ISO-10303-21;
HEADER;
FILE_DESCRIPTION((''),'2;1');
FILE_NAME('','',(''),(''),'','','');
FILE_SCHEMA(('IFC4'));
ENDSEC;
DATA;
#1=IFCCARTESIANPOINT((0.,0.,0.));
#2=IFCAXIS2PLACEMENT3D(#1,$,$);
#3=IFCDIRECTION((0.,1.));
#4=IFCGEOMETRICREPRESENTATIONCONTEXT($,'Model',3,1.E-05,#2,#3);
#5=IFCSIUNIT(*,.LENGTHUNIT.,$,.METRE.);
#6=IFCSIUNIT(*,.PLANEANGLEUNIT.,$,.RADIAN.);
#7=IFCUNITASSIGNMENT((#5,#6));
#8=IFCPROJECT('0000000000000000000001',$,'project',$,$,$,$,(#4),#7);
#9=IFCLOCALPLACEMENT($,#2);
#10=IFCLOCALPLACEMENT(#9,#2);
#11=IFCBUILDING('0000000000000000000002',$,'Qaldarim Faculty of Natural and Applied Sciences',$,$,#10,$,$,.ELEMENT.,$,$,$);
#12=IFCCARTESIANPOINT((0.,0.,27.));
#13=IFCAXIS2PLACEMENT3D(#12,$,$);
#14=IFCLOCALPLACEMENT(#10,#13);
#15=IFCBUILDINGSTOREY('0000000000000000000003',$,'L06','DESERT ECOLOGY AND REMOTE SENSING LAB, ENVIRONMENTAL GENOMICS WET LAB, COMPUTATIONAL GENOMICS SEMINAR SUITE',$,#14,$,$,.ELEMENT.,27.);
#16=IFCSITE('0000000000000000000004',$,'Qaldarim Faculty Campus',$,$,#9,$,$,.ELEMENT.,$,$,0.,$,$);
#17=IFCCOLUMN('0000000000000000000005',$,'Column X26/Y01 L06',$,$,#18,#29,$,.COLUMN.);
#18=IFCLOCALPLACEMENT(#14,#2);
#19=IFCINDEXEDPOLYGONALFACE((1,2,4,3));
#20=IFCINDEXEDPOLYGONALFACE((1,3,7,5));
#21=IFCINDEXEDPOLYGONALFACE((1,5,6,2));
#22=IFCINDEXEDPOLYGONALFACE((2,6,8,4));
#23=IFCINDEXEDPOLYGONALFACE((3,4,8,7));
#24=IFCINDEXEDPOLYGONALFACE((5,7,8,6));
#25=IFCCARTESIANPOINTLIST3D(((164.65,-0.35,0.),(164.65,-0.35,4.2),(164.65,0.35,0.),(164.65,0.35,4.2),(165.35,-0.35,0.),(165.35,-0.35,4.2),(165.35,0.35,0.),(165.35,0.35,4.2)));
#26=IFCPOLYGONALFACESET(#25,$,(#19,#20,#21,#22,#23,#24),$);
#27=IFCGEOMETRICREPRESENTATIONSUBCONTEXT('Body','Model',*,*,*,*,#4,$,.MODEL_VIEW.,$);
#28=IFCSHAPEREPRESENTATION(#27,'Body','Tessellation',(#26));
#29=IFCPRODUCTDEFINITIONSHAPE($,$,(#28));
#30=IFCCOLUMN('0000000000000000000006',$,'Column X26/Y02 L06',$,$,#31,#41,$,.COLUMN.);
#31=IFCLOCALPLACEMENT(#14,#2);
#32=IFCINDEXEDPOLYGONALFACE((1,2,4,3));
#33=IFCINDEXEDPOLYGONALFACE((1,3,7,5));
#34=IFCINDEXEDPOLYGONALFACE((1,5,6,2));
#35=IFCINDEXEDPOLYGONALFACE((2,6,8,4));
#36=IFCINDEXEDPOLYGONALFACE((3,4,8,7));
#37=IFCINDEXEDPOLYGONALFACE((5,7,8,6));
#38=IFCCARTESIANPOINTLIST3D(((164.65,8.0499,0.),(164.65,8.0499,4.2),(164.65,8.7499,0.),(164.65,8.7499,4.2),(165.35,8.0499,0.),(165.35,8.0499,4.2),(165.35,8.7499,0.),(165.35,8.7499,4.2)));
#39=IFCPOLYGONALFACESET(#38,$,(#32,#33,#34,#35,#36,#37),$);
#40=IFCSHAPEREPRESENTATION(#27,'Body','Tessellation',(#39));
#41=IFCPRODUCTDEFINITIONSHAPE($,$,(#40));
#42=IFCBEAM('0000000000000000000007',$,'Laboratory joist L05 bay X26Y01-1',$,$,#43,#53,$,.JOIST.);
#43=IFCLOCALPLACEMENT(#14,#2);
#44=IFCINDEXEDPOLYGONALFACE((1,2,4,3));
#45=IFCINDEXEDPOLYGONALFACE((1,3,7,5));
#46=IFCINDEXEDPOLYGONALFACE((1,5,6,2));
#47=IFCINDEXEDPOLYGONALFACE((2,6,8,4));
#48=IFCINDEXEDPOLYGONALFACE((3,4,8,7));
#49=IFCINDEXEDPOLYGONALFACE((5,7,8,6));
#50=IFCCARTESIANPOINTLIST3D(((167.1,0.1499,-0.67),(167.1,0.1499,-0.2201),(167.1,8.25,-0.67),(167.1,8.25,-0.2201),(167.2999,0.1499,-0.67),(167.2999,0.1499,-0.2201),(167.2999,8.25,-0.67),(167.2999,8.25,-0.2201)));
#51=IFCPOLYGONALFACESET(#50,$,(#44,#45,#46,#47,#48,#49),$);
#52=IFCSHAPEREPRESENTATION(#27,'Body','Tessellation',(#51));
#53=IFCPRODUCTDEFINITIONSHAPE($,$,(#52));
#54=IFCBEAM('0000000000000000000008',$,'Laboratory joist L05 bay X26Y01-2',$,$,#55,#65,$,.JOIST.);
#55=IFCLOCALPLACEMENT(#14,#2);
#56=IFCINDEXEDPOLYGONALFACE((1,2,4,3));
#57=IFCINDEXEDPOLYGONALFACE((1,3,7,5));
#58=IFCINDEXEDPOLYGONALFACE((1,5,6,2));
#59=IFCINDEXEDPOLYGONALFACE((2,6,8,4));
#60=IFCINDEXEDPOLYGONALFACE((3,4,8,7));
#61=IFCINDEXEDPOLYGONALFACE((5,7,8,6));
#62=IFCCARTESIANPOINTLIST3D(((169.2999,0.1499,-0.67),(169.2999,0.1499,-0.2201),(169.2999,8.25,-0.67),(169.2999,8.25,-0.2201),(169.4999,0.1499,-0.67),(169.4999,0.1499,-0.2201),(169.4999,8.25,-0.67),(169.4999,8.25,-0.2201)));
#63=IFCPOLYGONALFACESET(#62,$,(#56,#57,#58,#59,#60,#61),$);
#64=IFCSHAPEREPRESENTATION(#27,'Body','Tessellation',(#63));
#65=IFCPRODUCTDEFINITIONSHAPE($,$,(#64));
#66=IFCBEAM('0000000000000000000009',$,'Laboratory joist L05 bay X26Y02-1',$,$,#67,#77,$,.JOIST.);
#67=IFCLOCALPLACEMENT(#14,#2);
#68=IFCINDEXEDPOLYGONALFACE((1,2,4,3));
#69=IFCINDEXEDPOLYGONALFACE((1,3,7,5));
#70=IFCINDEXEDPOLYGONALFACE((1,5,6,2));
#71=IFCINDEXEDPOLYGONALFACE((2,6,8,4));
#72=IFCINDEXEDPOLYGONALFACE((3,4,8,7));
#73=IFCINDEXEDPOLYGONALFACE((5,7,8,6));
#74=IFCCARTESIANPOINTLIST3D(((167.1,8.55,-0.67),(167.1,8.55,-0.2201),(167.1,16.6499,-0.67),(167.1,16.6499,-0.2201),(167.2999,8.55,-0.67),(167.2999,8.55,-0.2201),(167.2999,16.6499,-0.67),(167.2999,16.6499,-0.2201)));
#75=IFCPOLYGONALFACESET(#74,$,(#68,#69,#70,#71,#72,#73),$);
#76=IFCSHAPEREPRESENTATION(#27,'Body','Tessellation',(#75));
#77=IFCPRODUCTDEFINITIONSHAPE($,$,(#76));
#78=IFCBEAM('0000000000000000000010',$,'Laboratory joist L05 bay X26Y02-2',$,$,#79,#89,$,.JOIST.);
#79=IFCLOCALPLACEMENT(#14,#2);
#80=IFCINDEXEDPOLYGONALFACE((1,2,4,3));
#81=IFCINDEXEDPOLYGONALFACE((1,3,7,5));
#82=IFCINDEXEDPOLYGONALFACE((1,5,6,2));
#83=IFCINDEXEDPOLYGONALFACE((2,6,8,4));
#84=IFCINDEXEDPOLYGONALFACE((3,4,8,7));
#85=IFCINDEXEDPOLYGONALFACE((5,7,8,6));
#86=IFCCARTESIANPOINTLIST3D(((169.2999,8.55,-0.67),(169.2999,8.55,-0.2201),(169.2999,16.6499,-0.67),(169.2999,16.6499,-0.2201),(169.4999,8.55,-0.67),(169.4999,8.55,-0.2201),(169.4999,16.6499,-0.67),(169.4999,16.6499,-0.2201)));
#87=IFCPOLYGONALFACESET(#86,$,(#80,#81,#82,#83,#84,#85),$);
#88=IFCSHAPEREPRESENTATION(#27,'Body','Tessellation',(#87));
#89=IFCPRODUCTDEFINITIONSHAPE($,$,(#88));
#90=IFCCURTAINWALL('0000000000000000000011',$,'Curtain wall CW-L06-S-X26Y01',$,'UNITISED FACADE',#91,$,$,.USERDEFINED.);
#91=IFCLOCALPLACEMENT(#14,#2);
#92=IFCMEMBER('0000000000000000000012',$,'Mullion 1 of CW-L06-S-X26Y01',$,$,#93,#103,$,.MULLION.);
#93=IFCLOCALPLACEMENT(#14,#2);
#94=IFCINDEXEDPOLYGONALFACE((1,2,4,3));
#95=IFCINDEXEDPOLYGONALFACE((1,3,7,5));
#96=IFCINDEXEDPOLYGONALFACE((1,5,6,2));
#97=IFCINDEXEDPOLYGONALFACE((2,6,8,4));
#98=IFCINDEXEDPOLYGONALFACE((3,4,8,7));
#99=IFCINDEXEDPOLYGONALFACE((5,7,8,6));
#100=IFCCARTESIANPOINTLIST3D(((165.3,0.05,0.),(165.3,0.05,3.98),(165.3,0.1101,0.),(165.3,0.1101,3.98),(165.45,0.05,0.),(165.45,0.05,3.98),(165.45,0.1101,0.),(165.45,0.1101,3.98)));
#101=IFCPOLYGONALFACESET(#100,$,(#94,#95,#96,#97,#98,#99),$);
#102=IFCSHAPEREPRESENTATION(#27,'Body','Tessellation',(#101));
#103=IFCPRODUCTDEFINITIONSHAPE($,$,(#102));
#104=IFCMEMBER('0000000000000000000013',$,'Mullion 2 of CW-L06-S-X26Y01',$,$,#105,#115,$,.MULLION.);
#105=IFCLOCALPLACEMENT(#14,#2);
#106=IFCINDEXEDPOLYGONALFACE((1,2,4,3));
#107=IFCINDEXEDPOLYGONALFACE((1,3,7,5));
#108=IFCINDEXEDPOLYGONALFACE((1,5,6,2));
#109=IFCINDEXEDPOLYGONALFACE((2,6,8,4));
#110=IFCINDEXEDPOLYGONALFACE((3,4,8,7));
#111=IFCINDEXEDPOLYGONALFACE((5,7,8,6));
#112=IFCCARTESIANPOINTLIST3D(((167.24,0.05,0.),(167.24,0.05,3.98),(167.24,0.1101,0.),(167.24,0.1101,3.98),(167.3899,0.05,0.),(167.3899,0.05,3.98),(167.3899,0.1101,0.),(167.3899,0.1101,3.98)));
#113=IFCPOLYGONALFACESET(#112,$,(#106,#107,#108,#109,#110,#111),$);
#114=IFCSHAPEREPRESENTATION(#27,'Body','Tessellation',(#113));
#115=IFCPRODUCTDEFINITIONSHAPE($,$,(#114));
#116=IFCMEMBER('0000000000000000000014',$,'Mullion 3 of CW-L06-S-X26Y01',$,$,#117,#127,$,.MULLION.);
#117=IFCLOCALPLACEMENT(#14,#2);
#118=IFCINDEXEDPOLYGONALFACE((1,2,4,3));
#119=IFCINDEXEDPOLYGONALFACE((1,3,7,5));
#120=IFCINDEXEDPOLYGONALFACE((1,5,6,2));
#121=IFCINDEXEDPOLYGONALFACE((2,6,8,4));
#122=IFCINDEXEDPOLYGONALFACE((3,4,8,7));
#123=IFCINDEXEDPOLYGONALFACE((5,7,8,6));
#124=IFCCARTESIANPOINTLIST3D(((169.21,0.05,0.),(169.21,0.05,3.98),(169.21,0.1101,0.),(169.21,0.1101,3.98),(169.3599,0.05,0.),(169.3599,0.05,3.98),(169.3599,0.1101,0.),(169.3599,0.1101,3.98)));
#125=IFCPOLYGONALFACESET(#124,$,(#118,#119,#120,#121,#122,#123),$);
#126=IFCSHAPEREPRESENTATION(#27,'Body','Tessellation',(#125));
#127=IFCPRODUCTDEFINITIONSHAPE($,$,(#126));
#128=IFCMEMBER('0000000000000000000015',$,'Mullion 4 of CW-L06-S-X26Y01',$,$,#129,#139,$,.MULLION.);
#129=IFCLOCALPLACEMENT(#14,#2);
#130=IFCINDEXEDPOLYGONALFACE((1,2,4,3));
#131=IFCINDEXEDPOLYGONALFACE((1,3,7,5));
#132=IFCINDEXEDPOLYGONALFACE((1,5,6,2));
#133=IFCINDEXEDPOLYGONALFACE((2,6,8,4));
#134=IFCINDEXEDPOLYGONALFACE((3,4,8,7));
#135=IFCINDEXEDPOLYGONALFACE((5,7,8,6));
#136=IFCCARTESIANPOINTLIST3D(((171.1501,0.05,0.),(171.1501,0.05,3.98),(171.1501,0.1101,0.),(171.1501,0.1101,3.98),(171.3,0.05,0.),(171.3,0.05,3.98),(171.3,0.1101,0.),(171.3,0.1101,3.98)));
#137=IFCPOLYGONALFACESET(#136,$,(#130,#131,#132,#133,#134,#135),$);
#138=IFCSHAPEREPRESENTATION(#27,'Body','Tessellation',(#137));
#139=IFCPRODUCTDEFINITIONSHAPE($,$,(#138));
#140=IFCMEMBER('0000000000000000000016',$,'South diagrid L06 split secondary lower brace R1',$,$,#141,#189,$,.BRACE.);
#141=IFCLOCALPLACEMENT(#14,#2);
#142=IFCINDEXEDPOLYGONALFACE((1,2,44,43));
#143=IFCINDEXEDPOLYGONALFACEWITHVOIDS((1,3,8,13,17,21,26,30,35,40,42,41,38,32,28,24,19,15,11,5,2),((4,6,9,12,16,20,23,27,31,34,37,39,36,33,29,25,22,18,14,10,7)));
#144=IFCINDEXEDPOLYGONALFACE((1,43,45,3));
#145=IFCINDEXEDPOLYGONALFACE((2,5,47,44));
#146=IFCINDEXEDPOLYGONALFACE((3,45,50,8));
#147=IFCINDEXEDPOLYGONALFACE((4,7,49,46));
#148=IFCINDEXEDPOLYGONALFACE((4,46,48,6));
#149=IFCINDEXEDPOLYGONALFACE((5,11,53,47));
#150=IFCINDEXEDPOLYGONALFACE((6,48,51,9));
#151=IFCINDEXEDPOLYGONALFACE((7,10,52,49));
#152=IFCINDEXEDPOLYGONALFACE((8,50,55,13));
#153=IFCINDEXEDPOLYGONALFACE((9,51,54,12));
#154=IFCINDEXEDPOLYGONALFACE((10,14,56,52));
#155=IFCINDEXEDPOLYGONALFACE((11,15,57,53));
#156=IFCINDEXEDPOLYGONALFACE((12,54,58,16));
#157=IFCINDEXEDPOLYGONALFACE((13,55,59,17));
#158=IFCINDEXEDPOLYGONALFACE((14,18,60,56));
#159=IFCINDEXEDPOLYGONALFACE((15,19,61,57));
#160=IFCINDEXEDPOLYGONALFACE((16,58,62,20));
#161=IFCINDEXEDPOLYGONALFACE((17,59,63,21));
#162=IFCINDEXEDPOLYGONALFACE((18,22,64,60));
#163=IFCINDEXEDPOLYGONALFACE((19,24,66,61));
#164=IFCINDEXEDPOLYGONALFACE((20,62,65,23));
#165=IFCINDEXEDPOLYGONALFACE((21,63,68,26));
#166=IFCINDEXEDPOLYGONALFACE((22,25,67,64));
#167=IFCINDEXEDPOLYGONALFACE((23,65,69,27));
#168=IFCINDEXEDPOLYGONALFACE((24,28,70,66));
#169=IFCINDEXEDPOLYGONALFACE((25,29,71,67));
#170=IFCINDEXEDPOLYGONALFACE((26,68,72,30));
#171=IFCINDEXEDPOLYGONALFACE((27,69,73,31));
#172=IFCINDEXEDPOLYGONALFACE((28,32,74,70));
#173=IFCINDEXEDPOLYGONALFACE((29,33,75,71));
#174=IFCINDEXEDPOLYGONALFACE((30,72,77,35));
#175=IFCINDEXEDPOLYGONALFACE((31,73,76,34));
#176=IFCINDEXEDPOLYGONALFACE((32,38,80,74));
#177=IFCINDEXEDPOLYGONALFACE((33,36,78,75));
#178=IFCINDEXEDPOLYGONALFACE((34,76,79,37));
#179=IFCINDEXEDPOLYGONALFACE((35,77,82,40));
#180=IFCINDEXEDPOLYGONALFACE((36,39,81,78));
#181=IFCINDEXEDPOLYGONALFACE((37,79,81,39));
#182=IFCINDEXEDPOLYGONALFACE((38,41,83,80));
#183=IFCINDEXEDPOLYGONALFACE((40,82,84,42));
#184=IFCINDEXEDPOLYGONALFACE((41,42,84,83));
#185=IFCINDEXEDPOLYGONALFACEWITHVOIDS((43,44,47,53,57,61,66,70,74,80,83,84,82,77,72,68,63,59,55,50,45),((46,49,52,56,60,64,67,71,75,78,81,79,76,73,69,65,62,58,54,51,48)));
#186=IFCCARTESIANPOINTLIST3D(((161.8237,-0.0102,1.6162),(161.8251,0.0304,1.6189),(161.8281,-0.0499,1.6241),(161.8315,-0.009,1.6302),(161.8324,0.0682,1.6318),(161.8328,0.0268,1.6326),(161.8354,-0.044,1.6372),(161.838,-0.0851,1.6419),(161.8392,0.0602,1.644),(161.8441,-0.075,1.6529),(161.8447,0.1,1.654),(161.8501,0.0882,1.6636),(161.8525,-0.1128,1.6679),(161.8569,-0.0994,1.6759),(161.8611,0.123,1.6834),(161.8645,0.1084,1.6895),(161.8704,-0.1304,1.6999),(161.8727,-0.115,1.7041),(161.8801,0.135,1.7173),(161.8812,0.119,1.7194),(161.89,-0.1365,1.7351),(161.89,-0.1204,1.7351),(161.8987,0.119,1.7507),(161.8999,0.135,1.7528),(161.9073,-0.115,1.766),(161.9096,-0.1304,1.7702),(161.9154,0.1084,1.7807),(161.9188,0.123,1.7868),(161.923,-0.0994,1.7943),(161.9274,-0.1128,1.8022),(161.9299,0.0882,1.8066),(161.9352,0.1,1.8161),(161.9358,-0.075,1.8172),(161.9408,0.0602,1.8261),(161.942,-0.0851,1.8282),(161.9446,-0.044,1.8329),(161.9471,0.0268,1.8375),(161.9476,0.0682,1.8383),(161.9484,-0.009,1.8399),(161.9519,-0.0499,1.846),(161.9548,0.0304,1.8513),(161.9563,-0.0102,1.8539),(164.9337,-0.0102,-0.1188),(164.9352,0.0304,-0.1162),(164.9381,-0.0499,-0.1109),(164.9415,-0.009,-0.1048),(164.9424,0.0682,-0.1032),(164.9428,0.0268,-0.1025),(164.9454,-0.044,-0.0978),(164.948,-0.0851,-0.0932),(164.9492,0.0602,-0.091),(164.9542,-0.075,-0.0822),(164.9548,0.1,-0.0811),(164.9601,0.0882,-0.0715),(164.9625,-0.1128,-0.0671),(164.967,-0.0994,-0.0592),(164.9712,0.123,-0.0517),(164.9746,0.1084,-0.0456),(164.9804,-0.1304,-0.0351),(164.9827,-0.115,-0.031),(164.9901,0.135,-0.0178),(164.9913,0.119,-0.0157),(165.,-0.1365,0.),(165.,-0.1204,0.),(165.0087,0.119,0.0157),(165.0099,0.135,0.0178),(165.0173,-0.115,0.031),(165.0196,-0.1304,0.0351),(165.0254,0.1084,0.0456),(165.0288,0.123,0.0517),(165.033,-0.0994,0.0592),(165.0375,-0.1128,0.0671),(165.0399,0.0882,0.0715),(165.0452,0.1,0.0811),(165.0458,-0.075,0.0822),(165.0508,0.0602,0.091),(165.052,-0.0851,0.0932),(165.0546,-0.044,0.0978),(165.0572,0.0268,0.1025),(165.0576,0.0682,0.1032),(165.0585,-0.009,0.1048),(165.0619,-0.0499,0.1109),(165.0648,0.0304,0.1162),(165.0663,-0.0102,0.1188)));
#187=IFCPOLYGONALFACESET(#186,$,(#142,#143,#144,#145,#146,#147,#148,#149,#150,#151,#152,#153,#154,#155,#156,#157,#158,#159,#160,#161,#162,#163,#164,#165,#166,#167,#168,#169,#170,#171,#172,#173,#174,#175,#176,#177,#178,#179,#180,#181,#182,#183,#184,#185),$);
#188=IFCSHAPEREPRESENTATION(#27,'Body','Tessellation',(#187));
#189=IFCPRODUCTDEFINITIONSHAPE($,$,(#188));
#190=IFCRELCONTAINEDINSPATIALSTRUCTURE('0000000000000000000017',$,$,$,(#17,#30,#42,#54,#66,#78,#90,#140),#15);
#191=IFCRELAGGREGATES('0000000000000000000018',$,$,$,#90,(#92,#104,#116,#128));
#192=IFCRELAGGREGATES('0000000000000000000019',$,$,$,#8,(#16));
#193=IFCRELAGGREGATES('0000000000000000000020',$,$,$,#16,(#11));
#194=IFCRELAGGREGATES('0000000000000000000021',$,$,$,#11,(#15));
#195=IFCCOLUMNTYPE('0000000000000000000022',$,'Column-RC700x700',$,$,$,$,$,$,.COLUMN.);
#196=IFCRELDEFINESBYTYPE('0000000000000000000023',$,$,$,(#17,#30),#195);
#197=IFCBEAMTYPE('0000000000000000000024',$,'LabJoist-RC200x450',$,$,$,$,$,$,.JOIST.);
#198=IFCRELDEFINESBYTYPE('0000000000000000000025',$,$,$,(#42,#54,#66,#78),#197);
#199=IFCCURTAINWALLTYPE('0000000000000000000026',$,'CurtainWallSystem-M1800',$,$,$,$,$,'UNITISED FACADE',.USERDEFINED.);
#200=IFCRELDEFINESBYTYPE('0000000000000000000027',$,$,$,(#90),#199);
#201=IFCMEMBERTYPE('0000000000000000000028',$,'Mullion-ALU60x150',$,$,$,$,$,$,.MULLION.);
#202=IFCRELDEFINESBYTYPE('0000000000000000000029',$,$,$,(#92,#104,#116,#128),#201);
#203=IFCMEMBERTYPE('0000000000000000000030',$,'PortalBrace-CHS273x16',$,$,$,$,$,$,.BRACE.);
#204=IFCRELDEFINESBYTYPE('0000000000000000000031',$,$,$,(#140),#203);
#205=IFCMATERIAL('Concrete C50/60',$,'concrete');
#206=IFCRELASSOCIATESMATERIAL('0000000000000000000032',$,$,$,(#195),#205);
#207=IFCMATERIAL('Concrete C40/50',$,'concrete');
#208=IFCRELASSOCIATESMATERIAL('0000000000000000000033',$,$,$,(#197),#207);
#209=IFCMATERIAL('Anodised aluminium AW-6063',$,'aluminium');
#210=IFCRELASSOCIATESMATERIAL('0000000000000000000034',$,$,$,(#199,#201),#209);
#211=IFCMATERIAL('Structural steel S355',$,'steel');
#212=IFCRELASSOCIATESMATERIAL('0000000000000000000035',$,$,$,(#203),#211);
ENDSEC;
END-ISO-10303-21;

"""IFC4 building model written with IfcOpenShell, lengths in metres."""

from ifc_helpers import new_model, si_unit, direction, frame, origin, origin_2d, place, context, subcontext, project, spatial, rectangle, hollow_circle, extrude, material, material_profile, profile_set, type_object, element, aggregate, save


model = new_model("IFC4")

# Units and contexts
model_context = context("Model", 3, precision=1e-05, world=origin(), true_north=direction((0.0, 1.0)))
body_context = subcontext(model_context, "Body", "Model", "MODEL_VIEW")
ifc_project = project(units=[si_unit("LENGTHUNIT", "METRE"), si_unit("PLANEANGLEUNIT", "RADIAN")], contexts=[model_context])

# Site, building, storey
site_placement = place(None, origin())
site = spatial("IfcSite", under=ifc_project, at=site_placement, Name="Qaldarim Faculty Campus", CompositionType="ELEMENT", RefElevation=0.0)
building_placement = place(site_placement, origin())
building = spatial("IfcBuilding", under=site, at=building_placement, Name="Qaldarim Faculty of Natural and Applied Sciences", CompositionType="ELEMENT")
storey_placement = place(building_placement, frame((0.0, 0.0, 27.0)))
storey = spatial("IfcBuildingStorey", under=building, at=storey_placement, Name="L06", Description="DESERT ECOLOGY AND REMOTE SENSING LAB, ENVIRONMENTAL GENOMICS WET LAB, COMPUTATIONAL GENOMICS SEMINAR SUITE", CompositionType="ELEMENT", Elevation=27.0)

# Columns
ifc_material_1 = material(Name="Concrete C50/60", Category="concrete")
ifc_material_profile_1 = material_profile(ifc_material_1, rectangle(XDim=0.7, YDim=0.7, at=origin_2d()), Name="RC-C700x700")
ifc_profile_set_1 = profile_set([ifc_material_profile_1], Name="Concrete C50/60")
column_type = type_object("IfcColumnType", Name="Column-RC700x700", PredefinedType="COLUMN", material=ifc_profile_set_1)
for number, where, z_axis, x_axis, name in (
    (1, (165.0, 0.0, 0.0), (0.0, 0.0, 1.0), (1.0, 0.0, 0.0), "Column X26/Y01 L06"),
    (2, (165.0, 8.3999, 0.0), (0.0, 0.0, 1.0), (1.0, 0.0, 0.0), "Column X26/Y02 L06"),
):
    element("IfcColumn", number, at=place(storey_placement, frame(where, z_axis=z_axis, x_axis=x_axis)), inside=storey, type_object=column_type, Name=name, PredefinedType="COLUMN", context=body_context, shape_type="SweptSolid", body=[
        extrude(rectangle(XDim=0.7, YDim=0.7, at=origin_2d()), origin(), (0.0, 0.0, 1.0), 4.2),
    ])

# Beams
ifc_material_2 = material(Name="Concrete C40/50", Category="concrete")
ifc_material_profile_2 = material_profile(ifc_material_2, rectangle(XDim=0.2, YDim=0.45, at=origin_2d()), Name="RC-J200x450")
ifc_profile_set_2 = profile_set([ifc_material_profile_2], Name="Concrete C40/50")
beam_type_1 = type_object("IfcBeamType", Name="LabJoist-RC200x450", PredefinedType="JOIST", material=ifc_profile_set_2)
for number, where, z_axis, x_axis, name in (
    (3, (167.2, 0.1499, -0.4451), (0.0, 1.0, 0.0), (-1.0, 0.0, 0.0), "Laboratory joist L05 bay X26Y01-1"),
    (4, (169.3999, 0.1499, -0.4451), (0.0, 1.0, 0.0), (-1.0, 0.0, 0.0), "Laboratory joist L05 bay X26Y01-2"),
):
    element("IfcBeam", number, at=place(storey_placement, frame(where, z_axis=z_axis, x_axis=x_axis)), inside=storey, type_object=beam_type_1, Name=name, PredefinedType="JOIST", context=body_context, shape_type="SweptSolid", body=[
        extrude(rectangle(XDim=0.2, YDim=0.45, at=origin_2d()), origin(), (0.0, 0.0, 1.0), 8.1001),
    ])
for number, where, z_axis, x_axis, name in (
    (5, (167.2, 8.55, -0.4451), (0.0, 1.0, 0.0), (-1.0, 0.0, 0.0), "Laboratory joist L05 bay X26Y02-1"),
    (6, (169.3999, 8.55, -0.4451), (0.0, 1.0, 0.0), (-1.0, 0.0, 0.0), "Laboratory joist L05 bay X26Y02-2"),
):
    element("IfcBeam", number, at=place(storey_placement, frame(where, z_axis=z_axis, x_axis=x_axis)), inside=storey, type_object=beam_type_1, Name=name, PredefinedType="JOIST", context=body_context, shape_type="SweptSolid", body=[
        extrude(rectangle(XDim=0.2, YDim=0.45, at=origin_2d()), origin(), (0.0, 0.0, 1.0), 8.0999),
    ])

# Curtain wall, members
ifc_material_3 = material(Name="Anodised aluminium AW-6063", Category="aluminium")
curtain_wall_type = type_object("IfcCurtainWallType", Name="CurtainWallSystem-M1800", ElementType="UNITISED FACADE", PredefinedType="USERDEFINED", material=ifc_material_3)
curtain_wall_placement = place(storey_placement, origin())
curtain_wall = element("IfcCurtainWall", 7, at=curtain_wall_placement, inside=storey, type_object=curtain_wall_type, Name="Curtain wall CW-L06-S-X26Y01", ObjectType="UNITISED FACADE", PredefinedType="USERDEFINED")
ifc_material_profile_3 = material_profile(ifc_material_3, rectangle(XDim=0.0601, YDim=0.1499, at=origin_2d()), Name="ALU-M60x150")
ifc_profile_set_3 = profile_set([ifc_material_profile_3], Name="Anodised aluminium AW-6063")
member_type_1 = type_object("IfcMemberType", Name="Mullion-ALU60x150", PredefinedType="MULLION", material=ifc_profile_set_3)
member_1_placement = place(storey_placement, frame((165.375, 0.0801, 0.0), z_axis=(0.0, 0.0, 1.0), x_axis=(0.0, 1.0, 0.0)))
member_1 = element("IfcMember", 8, at=member_1_placement, type_object=member_type_1, Name="Mullion 1 of CW-L06-S-X26Y01", PredefinedType="MULLION", context=body_context, shape_type="SweptSolid", body=[
    extrude(rectangle(XDim=0.0601, YDim=0.1499, at=origin_2d()), origin(), (0.0, 0.0, 1.0), 3.98),
])
member_2_placement = place(storey_placement, frame((167.3149, 0.0801, 0.0), z_axis=(0.0, 0.0, 1.0), x_axis=(0.0, 1.0, 0.0)))
member_2 = element("IfcMember", 9, at=member_2_placement, type_object=member_type_1, Name="Mullion 2 of CW-L06-S-X26Y01", PredefinedType="MULLION", context=body_context, shape_type="SweptSolid", body=[
    extrude(rectangle(XDim=0.0601, YDim=0.1499, at=origin_2d()), origin(), (0.0, 0.0, 1.0), 3.98),
])
member_3_placement = place(storey_placement, frame((169.2849, 0.0801, 0.0), z_axis=(0.0, 0.0, 1.0), x_axis=(0.0, 1.0, 0.0)))
member_3 = element("IfcMember", 10, at=member_3_placement, type_object=member_type_1, Name="Mullion 3 of CW-L06-S-X26Y01", PredefinedType="MULLION", context=body_context, shape_type="SweptSolid", body=[
    extrude(rectangle(XDim=0.0601, YDim=0.1499, at=origin_2d()), origin(), (0.0, 0.0, 1.0), 3.98),
])
member_4_placement = place(storey_placement, frame((171.2251, 0.0801, 0.0), z_axis=(0.0, 0.0, 1.0), x_axis=(0.0, 1.0, 0.0)))
member_4 = element("IfcMember", 11, at=member_4_placement, type_object=member_type_1, Name="Mullion 4 of CW-L06-S-X26Y01", PredefinedType="MULLION", context=body_context, shape_type="SweptSolid", body=[
    extrude(rectangle(XDim=0.0601, YDim=0.1499, at=origin_2d()), origin(), (0.0, 0.0, 1.0), 3.98),
])

# Member
ifc_material_4 = material(Name="Structural steel S355", Category="steel")
ifc_material_profile_4 = material_profile(ifc_material_4, hollow_circle(Radius=0.1365, WallThickness=0.0161, at=origin_2d()), Name="CHS 273.0x16.0")
ifc_profile_set_4 = profile_set([ifc_material_profile_4], Name="Structural steel S355")
member_type_2 = type_object("IfcMemberType", Name="PortalBrace-CHS273x16", PredefinedType="BRACE", material=ifc_profile_set_4)
for number, where, z_axis, x_axis, name in (
    (12, (165.0, 0.0, 0.0), (-0.873289, 0.0, 0.487202), (0.0, -1.0, 0.0), "South diagrid L06 split secondary lower brace R1"),
):
    element("IfcMember", number, at=place(storey_placement, frame(where, z_axis=z_axis, x_axis=x_axis)), inside=storey, type_object=member_type_2, Name=name, PredefinedType="BRACE", context=body_context, shape_type="SweptSolid", body=[
        extrude(hollow_circle(Radius=0.1365, WallThickness=0.0161, at=origin_2d()), origin(), (0.0, 0.0, 1.0), 3.5613),
    ])

aggregate(curtain_wall, [member_1, member_2, member_3, member_4])

save(model, "model.ifc")
